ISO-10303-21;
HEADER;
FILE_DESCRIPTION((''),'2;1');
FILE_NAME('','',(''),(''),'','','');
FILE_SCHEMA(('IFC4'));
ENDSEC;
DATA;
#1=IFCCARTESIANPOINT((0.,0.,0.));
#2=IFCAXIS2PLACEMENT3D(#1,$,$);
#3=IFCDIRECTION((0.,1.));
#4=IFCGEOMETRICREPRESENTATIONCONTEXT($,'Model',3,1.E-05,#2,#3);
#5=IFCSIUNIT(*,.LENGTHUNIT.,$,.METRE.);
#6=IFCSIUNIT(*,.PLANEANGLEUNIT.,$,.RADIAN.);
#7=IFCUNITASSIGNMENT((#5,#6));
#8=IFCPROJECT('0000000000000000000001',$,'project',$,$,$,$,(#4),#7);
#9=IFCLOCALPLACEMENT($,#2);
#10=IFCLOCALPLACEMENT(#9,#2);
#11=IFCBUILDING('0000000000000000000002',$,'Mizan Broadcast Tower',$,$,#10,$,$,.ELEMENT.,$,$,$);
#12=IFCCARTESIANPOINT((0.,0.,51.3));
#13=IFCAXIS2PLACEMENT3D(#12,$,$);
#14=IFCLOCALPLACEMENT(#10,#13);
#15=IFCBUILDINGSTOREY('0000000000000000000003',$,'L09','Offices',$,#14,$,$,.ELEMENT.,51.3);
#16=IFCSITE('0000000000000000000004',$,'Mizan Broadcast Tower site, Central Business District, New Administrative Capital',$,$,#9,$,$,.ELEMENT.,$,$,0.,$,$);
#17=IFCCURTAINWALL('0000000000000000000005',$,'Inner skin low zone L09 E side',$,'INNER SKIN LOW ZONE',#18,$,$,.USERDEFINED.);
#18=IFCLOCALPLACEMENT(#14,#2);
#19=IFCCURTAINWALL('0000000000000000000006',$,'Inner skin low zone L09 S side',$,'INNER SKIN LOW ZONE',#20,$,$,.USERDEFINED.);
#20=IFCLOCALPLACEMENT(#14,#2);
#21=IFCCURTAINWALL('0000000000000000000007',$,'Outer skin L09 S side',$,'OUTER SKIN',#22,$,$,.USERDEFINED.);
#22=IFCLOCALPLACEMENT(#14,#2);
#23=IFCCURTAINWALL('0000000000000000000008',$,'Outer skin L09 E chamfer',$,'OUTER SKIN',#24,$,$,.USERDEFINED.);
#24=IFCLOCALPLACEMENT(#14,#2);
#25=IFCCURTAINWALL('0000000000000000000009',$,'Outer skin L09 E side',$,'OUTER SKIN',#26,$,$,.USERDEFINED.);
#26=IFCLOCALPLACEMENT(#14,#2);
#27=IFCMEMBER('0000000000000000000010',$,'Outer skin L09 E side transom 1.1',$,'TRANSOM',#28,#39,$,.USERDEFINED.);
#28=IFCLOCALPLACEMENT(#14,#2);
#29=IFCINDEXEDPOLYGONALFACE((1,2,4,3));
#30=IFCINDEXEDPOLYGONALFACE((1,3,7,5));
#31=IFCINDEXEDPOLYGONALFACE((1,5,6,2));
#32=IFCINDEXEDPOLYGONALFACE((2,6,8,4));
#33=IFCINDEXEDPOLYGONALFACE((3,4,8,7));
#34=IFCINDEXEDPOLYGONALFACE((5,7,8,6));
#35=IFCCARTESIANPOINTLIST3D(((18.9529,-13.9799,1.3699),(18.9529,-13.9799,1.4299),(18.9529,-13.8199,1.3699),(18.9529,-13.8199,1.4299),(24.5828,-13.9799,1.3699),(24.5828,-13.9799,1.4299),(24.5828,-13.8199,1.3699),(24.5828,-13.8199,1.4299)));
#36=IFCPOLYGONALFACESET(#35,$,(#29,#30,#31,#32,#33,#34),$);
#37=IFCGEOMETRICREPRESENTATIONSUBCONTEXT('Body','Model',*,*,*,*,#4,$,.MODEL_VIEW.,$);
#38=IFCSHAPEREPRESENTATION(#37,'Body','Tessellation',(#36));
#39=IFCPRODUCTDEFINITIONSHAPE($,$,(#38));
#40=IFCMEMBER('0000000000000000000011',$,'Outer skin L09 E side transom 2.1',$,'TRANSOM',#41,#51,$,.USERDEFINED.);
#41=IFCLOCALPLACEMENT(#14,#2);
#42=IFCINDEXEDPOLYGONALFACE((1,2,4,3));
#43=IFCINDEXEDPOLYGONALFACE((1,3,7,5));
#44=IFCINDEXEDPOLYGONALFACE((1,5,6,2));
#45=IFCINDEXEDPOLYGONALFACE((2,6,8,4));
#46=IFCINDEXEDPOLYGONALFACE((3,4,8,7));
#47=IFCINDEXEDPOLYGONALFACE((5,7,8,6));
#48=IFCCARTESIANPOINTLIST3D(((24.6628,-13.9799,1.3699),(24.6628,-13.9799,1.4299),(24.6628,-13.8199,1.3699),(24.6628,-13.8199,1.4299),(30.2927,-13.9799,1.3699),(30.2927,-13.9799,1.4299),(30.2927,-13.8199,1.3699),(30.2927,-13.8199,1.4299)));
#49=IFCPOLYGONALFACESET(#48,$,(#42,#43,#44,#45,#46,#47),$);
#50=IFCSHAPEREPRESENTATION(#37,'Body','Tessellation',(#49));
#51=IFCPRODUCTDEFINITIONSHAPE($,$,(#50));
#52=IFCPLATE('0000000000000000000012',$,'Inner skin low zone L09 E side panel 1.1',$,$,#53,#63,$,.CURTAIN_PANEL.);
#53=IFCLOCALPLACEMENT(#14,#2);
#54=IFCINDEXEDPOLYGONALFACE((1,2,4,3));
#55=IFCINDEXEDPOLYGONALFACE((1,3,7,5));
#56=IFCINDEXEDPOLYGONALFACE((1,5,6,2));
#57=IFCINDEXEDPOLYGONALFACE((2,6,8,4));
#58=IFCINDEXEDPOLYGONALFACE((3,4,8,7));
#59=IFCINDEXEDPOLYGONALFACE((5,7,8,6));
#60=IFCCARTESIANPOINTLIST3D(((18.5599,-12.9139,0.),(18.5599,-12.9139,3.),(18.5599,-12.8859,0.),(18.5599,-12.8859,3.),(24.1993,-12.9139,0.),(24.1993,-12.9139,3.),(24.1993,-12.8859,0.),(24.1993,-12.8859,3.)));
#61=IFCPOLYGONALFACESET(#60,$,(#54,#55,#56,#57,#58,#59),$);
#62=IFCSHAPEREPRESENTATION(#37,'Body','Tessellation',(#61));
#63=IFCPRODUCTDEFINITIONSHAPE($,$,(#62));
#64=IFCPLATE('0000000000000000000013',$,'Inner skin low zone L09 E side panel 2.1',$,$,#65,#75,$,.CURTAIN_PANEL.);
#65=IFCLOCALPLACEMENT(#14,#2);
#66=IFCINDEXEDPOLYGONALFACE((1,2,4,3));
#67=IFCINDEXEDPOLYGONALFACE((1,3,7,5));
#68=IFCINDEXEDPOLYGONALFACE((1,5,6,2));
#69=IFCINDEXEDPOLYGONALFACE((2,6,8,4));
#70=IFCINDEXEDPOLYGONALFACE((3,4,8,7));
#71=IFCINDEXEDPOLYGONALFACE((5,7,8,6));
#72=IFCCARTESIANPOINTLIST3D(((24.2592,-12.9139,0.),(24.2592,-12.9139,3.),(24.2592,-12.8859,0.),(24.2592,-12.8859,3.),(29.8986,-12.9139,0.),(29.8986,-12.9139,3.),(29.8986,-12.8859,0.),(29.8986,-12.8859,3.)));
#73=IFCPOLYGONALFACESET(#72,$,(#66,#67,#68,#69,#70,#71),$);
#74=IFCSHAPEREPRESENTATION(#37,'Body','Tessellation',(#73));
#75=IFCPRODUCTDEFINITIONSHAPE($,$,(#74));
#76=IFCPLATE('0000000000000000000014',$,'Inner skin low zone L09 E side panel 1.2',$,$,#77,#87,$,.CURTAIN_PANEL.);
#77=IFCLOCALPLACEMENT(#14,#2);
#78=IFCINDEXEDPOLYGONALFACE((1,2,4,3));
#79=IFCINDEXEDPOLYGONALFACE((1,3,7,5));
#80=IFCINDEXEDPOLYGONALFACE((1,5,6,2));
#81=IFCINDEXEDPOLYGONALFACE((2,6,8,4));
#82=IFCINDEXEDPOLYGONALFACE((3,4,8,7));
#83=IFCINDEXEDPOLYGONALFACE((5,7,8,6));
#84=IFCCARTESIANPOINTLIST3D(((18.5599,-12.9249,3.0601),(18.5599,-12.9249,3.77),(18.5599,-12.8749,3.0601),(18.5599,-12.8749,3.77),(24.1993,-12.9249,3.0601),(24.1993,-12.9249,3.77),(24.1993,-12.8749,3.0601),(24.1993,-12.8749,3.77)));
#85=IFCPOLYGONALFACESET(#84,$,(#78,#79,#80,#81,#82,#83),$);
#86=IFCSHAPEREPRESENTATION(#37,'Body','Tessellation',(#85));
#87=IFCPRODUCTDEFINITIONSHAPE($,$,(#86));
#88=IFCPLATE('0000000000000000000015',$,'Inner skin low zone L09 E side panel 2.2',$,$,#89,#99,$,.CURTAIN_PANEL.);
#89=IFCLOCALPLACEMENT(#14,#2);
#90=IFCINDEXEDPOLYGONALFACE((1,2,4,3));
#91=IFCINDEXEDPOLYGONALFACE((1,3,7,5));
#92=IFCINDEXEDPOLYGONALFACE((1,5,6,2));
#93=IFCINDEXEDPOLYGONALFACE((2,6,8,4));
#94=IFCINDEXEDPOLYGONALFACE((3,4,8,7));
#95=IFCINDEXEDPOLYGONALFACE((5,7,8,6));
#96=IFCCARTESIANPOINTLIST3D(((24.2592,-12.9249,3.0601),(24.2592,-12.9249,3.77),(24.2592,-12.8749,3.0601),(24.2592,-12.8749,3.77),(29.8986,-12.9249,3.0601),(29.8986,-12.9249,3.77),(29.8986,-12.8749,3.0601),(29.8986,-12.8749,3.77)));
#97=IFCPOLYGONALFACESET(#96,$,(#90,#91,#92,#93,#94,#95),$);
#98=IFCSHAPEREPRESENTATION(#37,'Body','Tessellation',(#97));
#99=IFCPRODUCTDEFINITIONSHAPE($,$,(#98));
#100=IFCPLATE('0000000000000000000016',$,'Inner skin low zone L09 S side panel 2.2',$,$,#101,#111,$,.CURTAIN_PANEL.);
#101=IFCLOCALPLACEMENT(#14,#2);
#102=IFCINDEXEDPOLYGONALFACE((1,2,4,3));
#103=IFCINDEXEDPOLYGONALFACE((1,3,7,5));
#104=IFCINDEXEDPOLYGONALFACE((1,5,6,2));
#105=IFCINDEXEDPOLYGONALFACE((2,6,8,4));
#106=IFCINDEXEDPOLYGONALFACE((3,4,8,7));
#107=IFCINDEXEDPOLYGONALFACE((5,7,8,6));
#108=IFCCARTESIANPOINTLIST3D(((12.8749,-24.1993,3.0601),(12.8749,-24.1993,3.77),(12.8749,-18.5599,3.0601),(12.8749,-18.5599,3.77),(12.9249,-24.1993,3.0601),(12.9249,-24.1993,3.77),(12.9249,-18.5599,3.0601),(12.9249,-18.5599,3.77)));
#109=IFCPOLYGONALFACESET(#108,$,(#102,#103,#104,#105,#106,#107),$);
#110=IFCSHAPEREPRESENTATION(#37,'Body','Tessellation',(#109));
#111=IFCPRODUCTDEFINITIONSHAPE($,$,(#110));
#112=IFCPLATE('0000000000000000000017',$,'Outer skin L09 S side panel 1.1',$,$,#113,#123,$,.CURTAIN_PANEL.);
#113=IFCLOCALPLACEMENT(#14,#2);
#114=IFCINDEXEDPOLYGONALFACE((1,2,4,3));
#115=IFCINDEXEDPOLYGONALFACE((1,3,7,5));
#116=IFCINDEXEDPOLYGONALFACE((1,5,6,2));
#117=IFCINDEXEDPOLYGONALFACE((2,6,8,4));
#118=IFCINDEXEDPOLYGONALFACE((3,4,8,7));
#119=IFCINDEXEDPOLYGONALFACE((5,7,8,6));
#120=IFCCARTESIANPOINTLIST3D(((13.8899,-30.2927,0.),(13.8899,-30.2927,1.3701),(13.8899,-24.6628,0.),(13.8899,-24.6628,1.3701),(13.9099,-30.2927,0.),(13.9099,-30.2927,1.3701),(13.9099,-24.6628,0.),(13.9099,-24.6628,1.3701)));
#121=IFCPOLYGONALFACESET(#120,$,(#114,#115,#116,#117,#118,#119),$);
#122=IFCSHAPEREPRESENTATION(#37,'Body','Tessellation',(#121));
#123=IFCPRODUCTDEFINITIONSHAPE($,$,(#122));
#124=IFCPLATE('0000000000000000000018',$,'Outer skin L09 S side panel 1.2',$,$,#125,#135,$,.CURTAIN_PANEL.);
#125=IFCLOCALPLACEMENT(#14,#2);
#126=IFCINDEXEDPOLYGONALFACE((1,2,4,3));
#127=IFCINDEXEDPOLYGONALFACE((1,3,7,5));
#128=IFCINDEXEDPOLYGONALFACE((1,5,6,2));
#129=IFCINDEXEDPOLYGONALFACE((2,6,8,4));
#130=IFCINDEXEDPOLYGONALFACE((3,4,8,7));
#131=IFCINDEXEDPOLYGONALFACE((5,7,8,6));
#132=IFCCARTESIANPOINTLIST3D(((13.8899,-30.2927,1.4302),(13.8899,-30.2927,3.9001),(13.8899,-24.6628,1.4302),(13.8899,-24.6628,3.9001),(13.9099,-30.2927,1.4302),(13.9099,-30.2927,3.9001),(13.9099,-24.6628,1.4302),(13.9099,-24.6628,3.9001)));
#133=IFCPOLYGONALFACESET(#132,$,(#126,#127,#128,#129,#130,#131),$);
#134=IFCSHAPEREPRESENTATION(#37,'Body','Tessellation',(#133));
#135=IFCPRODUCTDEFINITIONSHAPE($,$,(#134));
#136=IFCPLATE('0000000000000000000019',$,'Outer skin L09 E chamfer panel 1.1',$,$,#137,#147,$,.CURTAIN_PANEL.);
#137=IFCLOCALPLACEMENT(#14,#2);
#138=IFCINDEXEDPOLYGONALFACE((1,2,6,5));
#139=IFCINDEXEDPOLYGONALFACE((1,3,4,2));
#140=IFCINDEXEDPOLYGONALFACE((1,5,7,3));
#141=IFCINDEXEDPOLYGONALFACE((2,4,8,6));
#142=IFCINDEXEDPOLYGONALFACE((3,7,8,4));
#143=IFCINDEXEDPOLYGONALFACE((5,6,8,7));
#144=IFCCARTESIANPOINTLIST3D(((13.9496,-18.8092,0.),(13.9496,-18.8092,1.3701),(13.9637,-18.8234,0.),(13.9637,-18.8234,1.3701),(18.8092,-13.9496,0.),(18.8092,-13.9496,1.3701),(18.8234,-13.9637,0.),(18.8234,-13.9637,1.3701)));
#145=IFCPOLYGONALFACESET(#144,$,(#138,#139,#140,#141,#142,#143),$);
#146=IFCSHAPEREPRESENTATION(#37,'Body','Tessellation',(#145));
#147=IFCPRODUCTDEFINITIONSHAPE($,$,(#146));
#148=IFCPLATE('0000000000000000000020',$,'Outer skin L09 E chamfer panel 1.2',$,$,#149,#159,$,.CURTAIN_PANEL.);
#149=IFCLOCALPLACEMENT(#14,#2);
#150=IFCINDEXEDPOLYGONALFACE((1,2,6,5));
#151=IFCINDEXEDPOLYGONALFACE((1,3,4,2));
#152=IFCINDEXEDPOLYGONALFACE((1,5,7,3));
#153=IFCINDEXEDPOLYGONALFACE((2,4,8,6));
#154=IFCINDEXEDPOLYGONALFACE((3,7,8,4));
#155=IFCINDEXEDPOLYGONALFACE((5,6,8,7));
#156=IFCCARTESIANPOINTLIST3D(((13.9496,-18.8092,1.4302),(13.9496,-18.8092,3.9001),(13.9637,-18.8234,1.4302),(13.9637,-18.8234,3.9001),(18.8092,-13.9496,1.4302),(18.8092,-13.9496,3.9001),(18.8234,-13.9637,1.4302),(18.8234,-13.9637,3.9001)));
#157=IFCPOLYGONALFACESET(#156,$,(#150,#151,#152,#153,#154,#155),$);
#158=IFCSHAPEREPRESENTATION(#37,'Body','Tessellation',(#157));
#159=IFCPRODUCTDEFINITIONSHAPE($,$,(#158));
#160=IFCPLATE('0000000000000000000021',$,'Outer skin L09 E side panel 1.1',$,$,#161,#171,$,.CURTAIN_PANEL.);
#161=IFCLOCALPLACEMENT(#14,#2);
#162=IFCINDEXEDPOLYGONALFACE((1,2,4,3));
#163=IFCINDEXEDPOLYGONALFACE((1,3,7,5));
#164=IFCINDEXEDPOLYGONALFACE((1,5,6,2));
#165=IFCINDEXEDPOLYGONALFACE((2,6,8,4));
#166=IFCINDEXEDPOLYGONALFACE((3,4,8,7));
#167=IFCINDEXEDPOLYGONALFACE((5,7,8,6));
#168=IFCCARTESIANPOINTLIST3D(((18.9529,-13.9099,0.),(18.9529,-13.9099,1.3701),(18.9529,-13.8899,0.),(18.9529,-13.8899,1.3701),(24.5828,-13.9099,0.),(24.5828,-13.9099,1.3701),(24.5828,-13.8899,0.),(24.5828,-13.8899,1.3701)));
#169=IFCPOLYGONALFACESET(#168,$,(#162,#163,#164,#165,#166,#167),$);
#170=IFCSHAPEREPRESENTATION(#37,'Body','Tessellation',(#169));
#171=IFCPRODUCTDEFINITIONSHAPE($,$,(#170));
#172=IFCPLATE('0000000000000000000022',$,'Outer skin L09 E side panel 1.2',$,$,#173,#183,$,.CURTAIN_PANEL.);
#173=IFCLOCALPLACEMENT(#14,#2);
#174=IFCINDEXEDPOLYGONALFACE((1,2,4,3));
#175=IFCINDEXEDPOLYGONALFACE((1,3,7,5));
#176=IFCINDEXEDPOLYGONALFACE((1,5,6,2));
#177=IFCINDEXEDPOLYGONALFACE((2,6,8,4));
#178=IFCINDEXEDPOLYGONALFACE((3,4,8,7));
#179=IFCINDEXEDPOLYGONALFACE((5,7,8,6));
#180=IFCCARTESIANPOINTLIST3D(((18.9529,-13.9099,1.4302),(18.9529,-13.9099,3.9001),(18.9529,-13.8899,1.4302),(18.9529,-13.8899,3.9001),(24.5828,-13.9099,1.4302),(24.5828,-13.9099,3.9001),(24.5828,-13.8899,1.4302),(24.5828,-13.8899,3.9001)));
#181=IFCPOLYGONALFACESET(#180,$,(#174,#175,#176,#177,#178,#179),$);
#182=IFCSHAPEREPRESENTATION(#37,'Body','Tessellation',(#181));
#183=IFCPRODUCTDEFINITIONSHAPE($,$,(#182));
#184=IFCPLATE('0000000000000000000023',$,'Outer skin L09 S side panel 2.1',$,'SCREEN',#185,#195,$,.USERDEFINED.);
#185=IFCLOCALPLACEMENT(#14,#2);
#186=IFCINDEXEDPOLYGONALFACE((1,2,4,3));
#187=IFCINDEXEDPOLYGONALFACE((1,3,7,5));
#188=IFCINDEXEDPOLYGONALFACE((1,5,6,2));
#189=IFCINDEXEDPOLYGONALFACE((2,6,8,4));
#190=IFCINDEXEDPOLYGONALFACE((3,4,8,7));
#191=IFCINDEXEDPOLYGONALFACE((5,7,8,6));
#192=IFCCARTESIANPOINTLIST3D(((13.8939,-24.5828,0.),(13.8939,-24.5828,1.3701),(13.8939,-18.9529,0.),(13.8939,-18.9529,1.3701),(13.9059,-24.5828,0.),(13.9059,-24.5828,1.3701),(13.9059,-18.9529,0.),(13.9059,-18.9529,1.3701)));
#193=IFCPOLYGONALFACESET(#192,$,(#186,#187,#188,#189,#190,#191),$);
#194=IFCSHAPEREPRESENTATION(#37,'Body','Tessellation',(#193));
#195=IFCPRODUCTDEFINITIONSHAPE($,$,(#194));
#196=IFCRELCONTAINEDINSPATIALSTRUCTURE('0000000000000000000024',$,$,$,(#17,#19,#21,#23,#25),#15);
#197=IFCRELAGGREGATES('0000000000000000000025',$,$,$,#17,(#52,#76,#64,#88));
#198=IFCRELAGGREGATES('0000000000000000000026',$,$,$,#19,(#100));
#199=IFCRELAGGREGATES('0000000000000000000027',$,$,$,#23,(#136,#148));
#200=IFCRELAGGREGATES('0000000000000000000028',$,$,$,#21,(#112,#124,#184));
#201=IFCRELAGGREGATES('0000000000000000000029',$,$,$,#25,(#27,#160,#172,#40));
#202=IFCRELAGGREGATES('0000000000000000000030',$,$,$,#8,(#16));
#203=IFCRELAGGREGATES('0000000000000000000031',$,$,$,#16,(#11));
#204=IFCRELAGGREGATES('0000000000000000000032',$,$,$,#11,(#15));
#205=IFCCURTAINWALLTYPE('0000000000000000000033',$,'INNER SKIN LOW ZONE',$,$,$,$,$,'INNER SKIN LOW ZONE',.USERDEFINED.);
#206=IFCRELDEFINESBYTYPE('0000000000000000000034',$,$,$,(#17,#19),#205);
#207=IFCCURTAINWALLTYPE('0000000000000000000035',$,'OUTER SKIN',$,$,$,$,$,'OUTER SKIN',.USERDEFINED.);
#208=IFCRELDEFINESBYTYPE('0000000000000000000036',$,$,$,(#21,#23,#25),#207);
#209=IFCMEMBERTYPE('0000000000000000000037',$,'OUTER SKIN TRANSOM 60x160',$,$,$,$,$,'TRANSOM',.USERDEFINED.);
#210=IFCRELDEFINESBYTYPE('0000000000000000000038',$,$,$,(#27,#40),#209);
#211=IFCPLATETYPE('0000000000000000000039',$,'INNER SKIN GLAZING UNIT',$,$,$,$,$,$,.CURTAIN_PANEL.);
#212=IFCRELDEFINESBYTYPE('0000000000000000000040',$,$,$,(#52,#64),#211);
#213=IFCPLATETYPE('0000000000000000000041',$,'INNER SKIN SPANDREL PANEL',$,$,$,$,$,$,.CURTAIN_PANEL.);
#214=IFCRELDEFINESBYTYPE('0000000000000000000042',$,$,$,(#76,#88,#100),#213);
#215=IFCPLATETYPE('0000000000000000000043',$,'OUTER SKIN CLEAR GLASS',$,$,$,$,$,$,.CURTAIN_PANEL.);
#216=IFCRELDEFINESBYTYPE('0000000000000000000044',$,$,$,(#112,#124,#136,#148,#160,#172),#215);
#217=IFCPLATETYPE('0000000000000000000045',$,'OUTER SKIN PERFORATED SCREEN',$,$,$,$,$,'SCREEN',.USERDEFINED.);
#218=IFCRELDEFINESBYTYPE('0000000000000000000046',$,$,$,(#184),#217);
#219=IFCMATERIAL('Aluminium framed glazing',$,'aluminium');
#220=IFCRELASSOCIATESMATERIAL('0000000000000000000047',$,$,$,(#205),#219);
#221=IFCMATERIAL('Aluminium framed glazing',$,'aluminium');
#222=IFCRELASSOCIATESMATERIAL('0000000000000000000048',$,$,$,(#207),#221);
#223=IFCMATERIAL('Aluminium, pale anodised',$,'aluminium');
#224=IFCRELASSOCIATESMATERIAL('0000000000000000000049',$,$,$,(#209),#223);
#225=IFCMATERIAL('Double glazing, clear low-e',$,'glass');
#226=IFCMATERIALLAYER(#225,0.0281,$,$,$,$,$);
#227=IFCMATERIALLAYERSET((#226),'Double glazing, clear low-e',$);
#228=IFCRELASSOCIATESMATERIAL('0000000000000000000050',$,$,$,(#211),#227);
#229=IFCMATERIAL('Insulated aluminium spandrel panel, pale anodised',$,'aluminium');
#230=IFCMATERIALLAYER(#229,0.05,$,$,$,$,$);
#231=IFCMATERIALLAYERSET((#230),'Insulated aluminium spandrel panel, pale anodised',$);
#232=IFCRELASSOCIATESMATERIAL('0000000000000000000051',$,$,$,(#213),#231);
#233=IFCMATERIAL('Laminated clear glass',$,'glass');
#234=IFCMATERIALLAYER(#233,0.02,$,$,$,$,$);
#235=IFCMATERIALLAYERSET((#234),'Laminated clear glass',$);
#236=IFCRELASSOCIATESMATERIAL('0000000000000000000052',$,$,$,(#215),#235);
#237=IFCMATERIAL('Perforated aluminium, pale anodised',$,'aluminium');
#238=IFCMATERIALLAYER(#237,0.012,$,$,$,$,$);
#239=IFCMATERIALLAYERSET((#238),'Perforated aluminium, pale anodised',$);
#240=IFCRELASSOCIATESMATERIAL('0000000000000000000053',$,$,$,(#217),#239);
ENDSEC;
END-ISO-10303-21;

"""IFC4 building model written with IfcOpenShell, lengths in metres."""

from ifc_helpers import new_model, si_unit, direction, frame, origin, origin_2d, place, context, subcontext, project, spatial, rectangle, extrude, material, layer, layer_set, material_profile, profile_set, type_object, element, aggregate, save


model = new_model("IFC4")

# Units and contexts
model_context = context("Model", 3, precision=1e-05, world=origin(), true_north=direction((0.0, 1.0)))
body_context = subcontext(model_context, "Body", "Model", "MODEL_VIEW")
ifc_project = project(units=[si_unit("LENGTHUNIT", "METRE"), si_unit("PLANEANGLEUNIT", "RADIAN")], contexts=[model_context])

# Site, building, storey
site_placement = place(None, origin())
site = spatial("IfcSite", under=ifc_project, at=site_placement, Name="Mizan Broadcast Tower site, Central Business District, New Administrative Capital", CompositionType="ELEMENT", RefElevation=0.0)
building_placement = place(site_placement, origin())
building = spatial("IfcBuilding", under=site, at=building_placement, Name="Mizan Broadcast Tower", CompositionType="ELEMENT")
storey_placement = place(building_placement, frame((0.0, 0.0, 51.3)))
storey = spatial("IfcBuildingStorey", under=building, at=storey_placement, Name="L09", Description="Offices", CompositionType="ELEMENT", Elevation=51.3)

# Curtain walls
ifc_material_1 = material(Name="Aluminium framed glazing", Category="aluminium")
curtain_wall_type_1 = type_object("IfcCurtainWallType", Name="INNER SKIN LOW ZONE", ElementType="INNER SKIN LOW ZONE", PredefinedType="USERDEFINED", material=ifc_material_1)
curtain_wall_1_placement = place(storey_placement, origin())
curtain_wall_1 = element("IfcCurtainWall", 1, at=curtain_wall_1_placement, inside=storey, type_object=curtain_wall_type_1, Name="Inner skin low zone L09 E side", ObjectType="INNER SKIN LOW ZONE", PredefinedType="USERDEFINED")
curtain_wall_2_placement = place(storey_placement, origin())
curtain_wall_2 = element("IfcCurtainWall", 2, at=curtain_wall_2_placement, inside=storey, type_object=curtain_wall_type_1, Name="Inner skin low zone L09 S side", ObjectType="INNER SKIN LOW ZONE", PredefinedType="USERDEFINED")

# Shared definitions
ifc_material_2 = material(Name="Aluminium framed glazing", Category="aluminium")
curtain_wall_type_2 = type_object("IfcCurtainWallType", Name="OUTER SKIN", ElementType="OUTER SKIN", PredefinedType="USERDEFINED", material=ifc_material_2)

# Curtain wall
curtain_wall_3_placement = place(storey_placement, origin())
curtain_wall_3 = element("IfcCurtainWall", 3, at=curtain_wall_3_placement, inside=storey, type_object=curtain_wall_type_2, Name="Outer skin L09 S side", ObjectType="OUTER SKIN", PredefinedType="USERDEFINED")

# Curtain wall
curtain_wall_4_placement = place(storey_placement, origin())
curtain_wall_4 = element("IfcCurtainWall", 4, at=curtain_wall_4_placement, inside=storey, type_object=curtain_wall_type_2, Name="Outer skin L09 E chamfer", ObjectType="OUTER SKIN", PredefinedType="USERDEFINED")

# Curtain wall
curtain_wall_5_placement = place(storey_placement, origin())
curtain_wall_5 = element("IfcCurtainWall", 5, at=curtain_wall_5_placement, inside=storey, type_object=curtain_wall_type_2, Name="Outer skin L09 E side", ObjectType="OUTER SKIN", PredefinedType="USERDEFINED")

# Shared definitions
ifc_material_3 = material(Name="Aluminium, pale anodised", Category="aluminium")
ifc_material_profile_1 = material_profile(ifc_material_3, rectangle(XDim=0.1599, YDim=0.0601, at=origin_2d()), Name="TRANSOM 160x60")
ifc_profile_set_1 = profile_set([ifc_material_profile_1], Name="Aluminium, pale anodised")
member_type_1 = type_object("IfcMemberType", Name="OUTER SKIN TRANSOM 60x160", ElementType="TRANSOM", PredefinedType="USERDEFINED", material=ifc_profile_set_1)

# Members
member_1_placement = place(storey_placement, frame((18.9529, -13.8999, 1.3999), z_axis=(1.0, 0.0, 0.0), x_axis=(0.0, 1.0, 0.0)))
member_1 = element("IfcMember", 6, at=member_1_placement, type_object=member_type_1, Name="Outer skin L09 E side transom 1.1", ObjectType="TRANSOM", PredefinedType="USERDEFINED", context=body_context, shape_type="SweptSolid", body=[
    extrude(rectangle(XDim=0.1599, YDim=0.0601, at=origin_2d()), origin(), (0.0, 0.0, 1.0), 5.6299),
])
member_2_placement = place(storey_placement, frame((24.6628, -13.8999, 1.3999), z_axis=(1.0, 0.0, 0.0), x_axis=(0.0, 1.0, 0.0)))
member_2 = element("IfcMember", 7, at=member_2_placement, type_object=member_type_1, Name="Outer skin L09 E side transom 2.1", ObjectType="TRANSOM", PredefinedType="USERDEFINED", context=body_context, shape_type="SweptSolid", body=[
    extrude(rectangle(XDim=0.1599, YDim=0.0601, at=origin_2d()), origin(), (0.0, 0.0, 1.0), 5.6299),
])

# Plates
ifc_material_4 = material(Name="Double glazing, clear low-e", Category="glass")
ifc_layer_1 = layer(ifc_material_4, 0.0281)
ifc_layer_set_1 = layer_set([ifc_layer_1], Name="Double glazing, clear low-e")
plate_type_1 = type_object("IfcPlateType", Name="INNER SKIN GLAZING UNIT", PredefinedType="CURTAIN_PANEL", material=ifc_layer_set_1)
plate_1_placement = place(storey_placement, frame((21.3796, -12.8999, 0.0), z_axis=(0.0, 0.0, 1.0), x_axis=(1.0, 0.0, 0.0)))
plate_1 = element("IfcPlate", 8, at=plate_1_placement, type_object=plate_type_1, Name="Inner skin low zone L09 E side panel 1.1", PredefinedType="CURTAIN_PANEL", context=body_context, shape_type="SweptSolid", body=[
    extrude(rectangle(XDim=5.6394, YDim=0.0281, at=origin_2d()), origin(), (0.0, 0.0, 1.0), 3.0),
])
plate_2_placement = place(storey_placement, frame((27.0789, -12.8999, 0.0), z_axis=(0.0, 0.0, 1.0), x_axis=(1.0, 0.0, 0.0)))
plate_2 = element("IfcPlate", 9, at=plate_2_placement, type_object=plate_type_1, Name="Inner skin low zone L09 E side panel 2.1", PredefinedType="CURTAIN_PANEL", context=body_context, shape_type="SweptSolid", body=[
    extrude(rectangle(XDim=5.6394, YDim=0.0281, at=origin_2d()), origin(), (0.0, 0.0, 1.0), 3.0),
])
ifc_material_5 = material(Name="Insulated aluminium spandrel panel, pale anodised", Category="aluminium")
ifc_layer_2 = layer(ifc_material_5, 0.05)
ifc_layer_set_2 = layer_set([ifc_layer_2], Name="Insulated aluminium spandrel panel, pale anodised")
plate_type_2 = type_object("IfcPlateType", Name="INNER SKIN SPANDREL PANEL", PredefinedType="CURTAIN_PANEL", material=ifc_layer_set_2)
plate_3_placement = place(storey_placement, frame((21.3796, -12.8999, 3.0601), z_axis=(0.0, 0.0, 1.0), x_axis=(1.0, 0.0, 0.0)))
plate_3 = element("IfcPlate", 10, at=plate_3_placement, type_object=plate_type_2, Name="Inner skin low zone L09 E side panel 1.2", PredefinedType="CURTAIN_PANEL", context=body_context, shape_type="SweptSolid", body=[
    extrude(rectangle(XDim=5.6394, YDim=0.05, at=origin_2d()), origin(), (0.0, 0.0, 1.0), 0.71),
])
plate_4_placement = place(storey_placement, frame((27.0789, -12.8999, 3.0601), z_axis=(0.0, 0.0, 1.0), x_axis=(1.0, 0.0, 0.0)))
plate_4 = element("IfcPlate", 11, at=plate_4_placement, type_object=plate_type_2, Name="Inner skin low zone L09 E side panel 2.2", PredefinedType="CURTAIN_PANEL", context=body_context, shape_type="SweptSolid", body=[
    extrude(rectangle(XDim=5.6394, YDim=0.05, at=origin_2d()), origin(), (0.0, 0.0, 1.0), 0.71),
])
aggregate(curtain_wall_1, [plate_1, plate_3, plate_2, plate_4])
plate_5_placement = place(storey_placement, frame((12.8999, -21.3796, 3.0601), z_axis=(0.0, 0.0, 1.0), x_axis=(0.0, 1.0, 0.0)))
plate_5 = element("IfcPlate", 12, at=plate_5_placement, type_object=plate_type_2, Name="Inner skin low zone L09 S side panel 2.2", PredefinedType="CURTAIN_PANEL", context=body_context, shape_type="SweptSolid", body=[
    extrude(rectangle(XDim=5.6394, YDim=0.05, at=origin_2d()), origin(), (0.0, 0.0, 1.0), 0.71),
])
aggregate(curtain_wall_2, [plate_5])
ifc_material_6 = material(Name="Laminated clear glass", Category="glass")
ifc_layer_3 = layer(ifc_material_6, 0.02)
ifc_layer_set_3 = layer_set([ifc_layer_3], Name="Laminated clear glass")
plate_type_3 = type_object("IfcPlateType", Name="OUTER SKIN CLEAR GLASS", PredefinedType="CURTAIN_PANEL", material=ifc_layer_set_3)
plate_6_placement = place(storey_placement, frame((13.8999, -27.4778, 0.0), z_axis=(0.0, 0.0, 1.0), x_axis=(0.0, 1.0, 0.0)))
plate_6 = element("IfcPlate", 13, at=plate_6_placement, type_object=plate_type_3, Name="Outer skin L09 S side panel 1.1", PredefinedType="CURTAIN_PANEL", context=body_context, shape_type="SweptSolid", body=[
    extrude(rectangle(XDim=5.6299, YDim=0.02, at=origin_2d()), origin(), (0.0, 0.0, 1.0), 1.3701),
])
plate_7_placement = place(storey_placement, frame((13.8999, -27.4778, 1.4302), z_axis=(0.0, 0.0, 1.0), x_axis=(0.0, 1.0, 0.0)))
plate_7 = element("IfcPlate", 14, at=plate_7_placement, type_object=plate_type_3, Name="Outer skin L09 S side panel 1.2", PredefinedType="CURTAIN_PANEL", context=body_context, shape_type="SweptSolid", body=[
    extrude(rectangle(XDim=5.6299, YDim=0.02, at=origin_2d()), origin(), (0.0, 0.0, 1.0), 2.47),
])
plate_8_placement = place(storey_placement, frame((16.3865, -16.3865, 0.0), z_axis=(0.0, 0.0, 1.0), x_axis=(0.707107, 0.707107, 0.0)))
plate_8 = element("IfcPlate", 15, at=plate_8_placement, type_object=plate_type_3, Name="Outer skin L09 E chamfer panel 1.1", PredefinedType="CURTAIN_PANEL", context=body_context, shape_type="SweptSolid", body=[
    extrude(rectangle(XDim=6.8726, YDim=0.02, at=origin_2d()), origin(), (0.0, 0.0, 1.0), 1.3701),
])
plate_9_placement = place(storey_placement, frame((16.3865, -16.3865, 1.4302), z_axis=(0.0, 0.0, 1.0), x_axis=(0.707107, 0.707107, 0.0)))
plate_9 = element("IfcPlate", 16, at=plate_9_placement, type_object=plate_type_3, Name="Outer skin L09 E chamfer panel 1.2", PredefinedType="CURTAIN_PANEL", context=body_context, shape_type="SweptSolid", body=[
    extrude(rectangle(XDim=6.8726, YDim=0.02, at=origin_2d()), origin(), (0.0, 0.0, 1.0), 2.47),
])
aggregate(curtain_wall_4, [plate_8, plate_9])
plate_10_placement = place(storey_placement, frame((21.7678, -13.8999, 0.0), z_axis=(0.0, 0.0, 1.0), x_axis=(1.0, 0.0, 0.0)))
plate_10 = element("IfcPlate", 17, at=plate_10_placement, type_object=plate_type_3, Name="Outer skin L09 E side panel 1.1", PredefinedType="CURTAIN_PANEL", context=body_context, shape_type="SweptSolid", body=[
    extrude(rectangle(XDim=5.6299, YDim=0.02, at=origin_2d()), origin(), (0.0, 0.0, 1.0), 1.3701),
])
plate_11_placement = place(storey_placement, frame((21.7678, -13.8999, 1.4302), z_axis=(0.0, 0.0, 1.0), x_axis=(1.0, 0.0, 0.0)))
plate_11 = element("IfcPlate", 18, at=plate_11_placement, type_object=plate_type_3, Name="Outer skin L09 E side panel 1.2", PredefinedType="CURTAIN_PANEL", context=body_context, shape_type="SweptSolid", body=[
    extrude(rectangle(XDim=5.6299, YDim=0.02, at=origin_2d()), origin(), (0.0, 0.0, 1.0), 2.47),
])
ifc_material_7 = material(Name="Perforated aluminium, pale anodised", Category="aluminium")
ifc_layer_4 = layer(ifc_material_7, 0.012)
ifc_layer_set_4 = layer_set([ifc_layer_4], Name="Perforated aluminium, pale anodised")
plate_type_4 = type_object("IfcPlateType", Name="OUTER SKIN PERFORATED SCREEN", ElementType="SCREEN", PredefinedType="USERDEFINED", material=ifc_layer_set_4)
plate_12_placement = place(storey_placement, frame((13.8999, -21.7678, 0.0), z_axis=(0.0, 0.0, 1.0), x_axis=(0.0, 1.0, 0.0)))
plate_12 = element("IfcPlate", 19, at=plate_12_placement, type_object=plate_type_4, Name="Outer skin L09 S side panel 2.1", ObjectType="SCREEN", PredefinedType="USERDEFINED", context=body_context, shape_type="SweptSolid", body=[
    extrude(rectangle(XDim=5.6299, YDim=0.012, at=origin_2d()), origin(), (0.0, 0.0, 1.0), 1.3701),
])
aggregate(curtain_wall_3, [plate_6, plate_7, plate_12])
aggregate(curtain_wall_5, [member_1, plate_10, plate_11, member_2])

save(model, "model.ifc")
